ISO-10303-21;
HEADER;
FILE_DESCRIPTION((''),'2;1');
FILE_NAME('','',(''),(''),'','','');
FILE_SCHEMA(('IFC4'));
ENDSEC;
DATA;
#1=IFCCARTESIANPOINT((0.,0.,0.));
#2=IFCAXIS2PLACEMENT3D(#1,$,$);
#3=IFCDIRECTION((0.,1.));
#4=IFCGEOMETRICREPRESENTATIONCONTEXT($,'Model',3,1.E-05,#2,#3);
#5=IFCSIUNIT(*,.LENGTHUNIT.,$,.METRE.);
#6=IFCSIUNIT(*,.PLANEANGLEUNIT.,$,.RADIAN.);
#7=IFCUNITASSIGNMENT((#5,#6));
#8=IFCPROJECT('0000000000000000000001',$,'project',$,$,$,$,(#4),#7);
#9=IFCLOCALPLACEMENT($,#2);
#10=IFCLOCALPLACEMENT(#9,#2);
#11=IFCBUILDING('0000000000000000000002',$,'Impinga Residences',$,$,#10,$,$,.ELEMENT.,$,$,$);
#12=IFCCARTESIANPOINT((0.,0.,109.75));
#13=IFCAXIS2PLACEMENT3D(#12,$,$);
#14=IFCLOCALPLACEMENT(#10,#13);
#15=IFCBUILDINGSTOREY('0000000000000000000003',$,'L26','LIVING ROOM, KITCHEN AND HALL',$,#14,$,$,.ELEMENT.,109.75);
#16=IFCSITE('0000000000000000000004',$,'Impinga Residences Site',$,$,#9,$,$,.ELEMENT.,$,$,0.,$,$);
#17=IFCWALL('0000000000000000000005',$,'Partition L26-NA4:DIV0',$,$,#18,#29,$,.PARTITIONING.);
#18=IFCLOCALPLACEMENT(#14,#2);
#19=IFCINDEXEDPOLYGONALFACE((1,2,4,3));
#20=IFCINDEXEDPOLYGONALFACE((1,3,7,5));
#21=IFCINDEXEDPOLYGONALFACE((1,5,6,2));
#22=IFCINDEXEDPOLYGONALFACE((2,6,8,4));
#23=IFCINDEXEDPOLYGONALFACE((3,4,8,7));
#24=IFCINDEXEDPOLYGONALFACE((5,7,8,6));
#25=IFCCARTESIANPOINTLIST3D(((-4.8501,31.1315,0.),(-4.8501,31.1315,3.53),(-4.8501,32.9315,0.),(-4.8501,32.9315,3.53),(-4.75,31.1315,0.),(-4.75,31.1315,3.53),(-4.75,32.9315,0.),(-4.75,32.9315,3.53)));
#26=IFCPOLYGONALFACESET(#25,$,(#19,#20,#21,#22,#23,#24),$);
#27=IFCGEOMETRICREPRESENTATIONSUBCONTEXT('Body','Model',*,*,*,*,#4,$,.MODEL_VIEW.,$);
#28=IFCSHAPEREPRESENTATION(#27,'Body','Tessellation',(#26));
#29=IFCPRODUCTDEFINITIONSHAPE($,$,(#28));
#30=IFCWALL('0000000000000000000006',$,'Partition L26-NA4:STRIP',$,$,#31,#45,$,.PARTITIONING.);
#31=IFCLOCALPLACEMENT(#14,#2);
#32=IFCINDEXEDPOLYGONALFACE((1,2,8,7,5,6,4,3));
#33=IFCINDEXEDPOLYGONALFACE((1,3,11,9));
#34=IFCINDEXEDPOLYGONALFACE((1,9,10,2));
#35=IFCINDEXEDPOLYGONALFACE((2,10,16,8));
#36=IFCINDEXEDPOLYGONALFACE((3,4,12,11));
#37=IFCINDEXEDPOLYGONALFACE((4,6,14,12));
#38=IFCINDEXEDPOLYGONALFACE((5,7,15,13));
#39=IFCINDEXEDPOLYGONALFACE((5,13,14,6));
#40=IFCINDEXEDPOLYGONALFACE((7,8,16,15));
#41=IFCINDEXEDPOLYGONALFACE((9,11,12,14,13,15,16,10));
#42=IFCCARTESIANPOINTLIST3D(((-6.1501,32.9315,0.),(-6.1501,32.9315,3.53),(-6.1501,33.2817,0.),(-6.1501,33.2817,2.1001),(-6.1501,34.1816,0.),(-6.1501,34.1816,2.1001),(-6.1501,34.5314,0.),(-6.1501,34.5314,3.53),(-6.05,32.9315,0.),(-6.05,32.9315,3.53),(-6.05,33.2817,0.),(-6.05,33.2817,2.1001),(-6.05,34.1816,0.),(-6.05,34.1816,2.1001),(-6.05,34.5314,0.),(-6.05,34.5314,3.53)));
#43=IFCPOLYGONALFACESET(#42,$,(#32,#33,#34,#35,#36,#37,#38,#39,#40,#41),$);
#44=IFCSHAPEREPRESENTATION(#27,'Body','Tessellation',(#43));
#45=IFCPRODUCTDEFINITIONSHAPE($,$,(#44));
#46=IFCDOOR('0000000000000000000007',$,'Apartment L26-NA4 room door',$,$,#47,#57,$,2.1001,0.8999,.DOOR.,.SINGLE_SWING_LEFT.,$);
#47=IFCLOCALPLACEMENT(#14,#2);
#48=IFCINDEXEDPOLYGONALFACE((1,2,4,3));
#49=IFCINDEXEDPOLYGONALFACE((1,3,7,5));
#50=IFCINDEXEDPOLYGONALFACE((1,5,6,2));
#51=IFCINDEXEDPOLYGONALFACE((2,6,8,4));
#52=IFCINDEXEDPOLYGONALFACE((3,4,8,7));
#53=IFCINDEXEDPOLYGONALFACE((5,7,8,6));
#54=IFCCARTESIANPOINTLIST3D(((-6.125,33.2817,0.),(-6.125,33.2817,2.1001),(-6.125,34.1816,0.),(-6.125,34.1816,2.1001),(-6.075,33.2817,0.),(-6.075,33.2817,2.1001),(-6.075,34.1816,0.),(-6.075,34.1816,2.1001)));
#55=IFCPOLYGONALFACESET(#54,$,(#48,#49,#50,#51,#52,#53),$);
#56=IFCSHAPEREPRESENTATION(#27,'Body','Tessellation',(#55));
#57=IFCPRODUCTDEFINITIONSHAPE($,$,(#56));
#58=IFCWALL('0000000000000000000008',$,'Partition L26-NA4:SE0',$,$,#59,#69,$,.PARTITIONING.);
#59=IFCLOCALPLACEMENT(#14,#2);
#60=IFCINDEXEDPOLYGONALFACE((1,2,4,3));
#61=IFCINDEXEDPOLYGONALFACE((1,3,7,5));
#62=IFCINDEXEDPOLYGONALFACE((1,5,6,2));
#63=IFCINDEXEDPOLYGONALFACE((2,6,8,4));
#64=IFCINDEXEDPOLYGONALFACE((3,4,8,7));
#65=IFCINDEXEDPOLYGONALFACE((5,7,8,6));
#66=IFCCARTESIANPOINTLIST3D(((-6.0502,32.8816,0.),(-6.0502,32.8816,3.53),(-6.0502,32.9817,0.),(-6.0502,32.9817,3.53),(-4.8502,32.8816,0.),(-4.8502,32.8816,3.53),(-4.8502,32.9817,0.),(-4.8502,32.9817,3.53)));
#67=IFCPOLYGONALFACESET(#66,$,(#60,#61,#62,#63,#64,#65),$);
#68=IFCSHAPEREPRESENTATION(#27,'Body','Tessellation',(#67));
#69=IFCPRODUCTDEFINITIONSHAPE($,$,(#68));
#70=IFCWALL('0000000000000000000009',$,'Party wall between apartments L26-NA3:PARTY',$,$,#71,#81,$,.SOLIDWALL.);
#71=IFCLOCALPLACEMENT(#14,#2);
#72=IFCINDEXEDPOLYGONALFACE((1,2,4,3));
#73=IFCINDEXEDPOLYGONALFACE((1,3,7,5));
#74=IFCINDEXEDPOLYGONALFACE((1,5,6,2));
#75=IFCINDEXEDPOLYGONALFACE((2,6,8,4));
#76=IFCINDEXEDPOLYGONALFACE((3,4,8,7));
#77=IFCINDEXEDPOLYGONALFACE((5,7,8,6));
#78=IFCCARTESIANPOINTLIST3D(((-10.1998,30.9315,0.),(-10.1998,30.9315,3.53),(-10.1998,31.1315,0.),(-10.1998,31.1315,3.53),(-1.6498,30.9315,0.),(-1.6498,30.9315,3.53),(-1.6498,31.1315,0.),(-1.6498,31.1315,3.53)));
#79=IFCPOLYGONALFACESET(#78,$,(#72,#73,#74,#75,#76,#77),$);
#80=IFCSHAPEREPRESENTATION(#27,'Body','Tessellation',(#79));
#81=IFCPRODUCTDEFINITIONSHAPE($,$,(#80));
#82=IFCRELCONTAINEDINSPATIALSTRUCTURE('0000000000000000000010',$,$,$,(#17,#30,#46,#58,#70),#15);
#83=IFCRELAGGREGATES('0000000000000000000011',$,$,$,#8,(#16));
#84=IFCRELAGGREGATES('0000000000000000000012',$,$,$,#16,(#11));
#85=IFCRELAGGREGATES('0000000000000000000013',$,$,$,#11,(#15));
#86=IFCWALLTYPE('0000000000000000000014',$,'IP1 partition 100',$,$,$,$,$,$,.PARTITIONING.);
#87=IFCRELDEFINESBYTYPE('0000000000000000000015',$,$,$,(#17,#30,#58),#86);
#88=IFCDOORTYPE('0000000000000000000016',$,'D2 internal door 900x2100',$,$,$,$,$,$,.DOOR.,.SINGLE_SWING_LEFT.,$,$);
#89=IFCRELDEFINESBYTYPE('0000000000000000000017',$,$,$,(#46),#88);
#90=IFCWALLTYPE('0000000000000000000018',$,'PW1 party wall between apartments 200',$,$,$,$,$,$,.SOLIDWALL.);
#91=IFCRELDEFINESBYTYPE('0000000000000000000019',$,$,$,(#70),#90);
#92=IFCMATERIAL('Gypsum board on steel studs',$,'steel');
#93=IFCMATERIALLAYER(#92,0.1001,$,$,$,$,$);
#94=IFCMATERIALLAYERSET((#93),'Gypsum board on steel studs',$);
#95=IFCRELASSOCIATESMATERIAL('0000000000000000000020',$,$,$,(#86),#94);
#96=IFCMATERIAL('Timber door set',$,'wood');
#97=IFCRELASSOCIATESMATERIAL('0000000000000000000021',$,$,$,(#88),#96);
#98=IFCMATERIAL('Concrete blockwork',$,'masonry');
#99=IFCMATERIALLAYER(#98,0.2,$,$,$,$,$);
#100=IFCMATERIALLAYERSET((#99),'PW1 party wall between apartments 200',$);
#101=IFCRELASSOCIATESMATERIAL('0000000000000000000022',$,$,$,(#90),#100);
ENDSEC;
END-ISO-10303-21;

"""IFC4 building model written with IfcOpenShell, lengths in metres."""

from ifc_helpers import new_model, si_unit, direction, frame, frame_2d, origin, place, context, subcontext, project, spatial, rectangle, extrude, material, layer, layer_set, type_object, element, fill, save


model = new_model("IFC4")

# Units and contexts
model_context = context("Model", 3, precision=1e-05, world=origin(), true_north=direction((0.0, 1.0)))
body_context = subcontext(model_context, "Body", "Model", "MODEL_VIEW")
ifc_project = project(units=[si_unit("LENGTHUNIT", "METRE"), si_unit("PLANEANGLEUNIT", "RADIAN")], contexts=[model_context])

# Site, building, storey
site_placement = place(None, origin())
site = spatial("IfcSite", under=ifc_project, at=site_placement, Name="Impinga Residences Site", CompositionType="ELEMENT", RefElevation=0.0)
building_placement = place(site_placement, origin())
building = spatial("IfcBuilding", under=site, at=building_placement, Name="Impinga Residences", CompositionType="ELEMENT")
storey_placement = place(building_placement, frame((0.0, 0.0, 109.75)))
storey = spatial("IfcBuildingStorey", under=building, at=storey_placement, Name="L26", Description="LIVING ROOM, KITCHEN AND HALL", CompositionType="ELEMENT", Elevation=109.75)

# Shared definitions
ifc_material_1 = material(Name="Gypsum board on steel studs", Category="steel")
ifc_layer_1 = layer(ifc_material_1, 0.1001)
ifc_layer_set_1 = layer_set([ifc_layer_1], Name="Gypsum board on steel studs")
wall_type_1 = type_object("IfcWallType", Name="IP1 partition 100", PredefinedType="PARTITIONING", material=ifc_layer_set_1)

# Shared definitions
ifc_material_2 = material(Name="Timber door set", Category="wood")
door_type = type_object("IfcDoorType", Name="D2 internal door 900x2100", OperationType="SINGLE_SWING_LEFT", PredefinedType="DOOR", material=ifc_material_2)

# Wall
wall_1_placement = place(storey_placement, frame((-4.8, 31.1316, 0.0), z_axis=(0.0, 0.0, 1.0), x_axis=(0.0, 1.0, 0.0)))
element("IfcWall", 1, at=wall_1_placement, inside=storey, type_object=wall_type_1, Name="Partition L26-NA4:DIV0", PredefinedType="PARTITIONING", context=body_context, shape_type="SweptSolid", body=[
    extrude(rectangle(XDim=1.8, YDim=0.1001, at=frame_2d((0.8999, 0.0))), origin(), (0.0, 0.0, 1.0), 3.53),
])

# Wall, opening, door
wall_2_placement = place(storey_placement, frame((-6.1001, 32.9316, 0.0), z_axis=(0.0, 0.0, 1.0), x_axis=(0.0, 1.0, 0.0)))
wall_2 = element("IfcWall", 2, at=wall_2_placement, inside=storey, type_object=wall_type_1, Name="Partition L26-NA4:STRIP", PredefinedType="PARTITIONING", context=body_context, shape_type="SweptSolid", body=[
    extrude(rectangle(XDim=1.5999, YDim=0.1001, at=frame_2d((0.7998, 0.0))), origin(), (0.0, 0.0, 1.0), 3.53),
])
opening_1_placement = place(wall_2_placement, frame((0.3501, 0.0, 0.0)))
opening_1 = element("IfcOpeningElement", 3, at=opening_1_placement, cuts=wall_2, PredefinedType="OPENING", context=body_context, shape_type="SweptSolid", body=[
    extrude(rectangle(XDim=0.8999, YDim=2.1001, at=frame_2d((0.45, 1.05))), frame((0.0, 0.0601, 0.0), z_axis=(0.0, -1.0, 0.0), x_axis=(1.0, 0.0, 0.0)), (0.0, 0.0, 1.0), 0.1201),
])
door_1_placement = place(opening_1_placement, origin())
door_1 = element("IfcDoor", 4, at=door_1_placement, inside=storey, type_object=door_type, Name="Apartment L26-NA4 room door", OperationType="SINGLE_SWING_LEFT", OverallHeight=2.1001, OverallWidth=0.8999, PredefinedType="DOOR", context=body_context, shape_type="SweptSolid", body=[
    extrude(rectangle(XDim=0.8999, YDim=2.1001, at=frame_2d((0.45, 1.05))), frame((0.0, 0.0249, 0.0), z_axis=(0.0, -1.0, 0.0), x_axis=(1.0, 0.0, 0.0)), (0.0, 0.0, 1.0), 0.05),
])
fill(opening_1, door_1)

# Walls
wall_3_placement = place(storey_placement, frame((-4.8501, 32.9316, 0.0), z_axis=(0.0, 0.0, 1.0), x_axis=(-1.0, 0.0, 0.0)))
element("IfcWall", 5, at=wall_3_placement, inside=storey, type_object=wall_type_1, Name="Partition L26-NA4:SE0", PredefinedType="PARTITIONING", context=body_context, shape_type="SweptSolid", body=[
    extrude(rectangle(XDim=1.2, YDim=0.1001, at=frame_2d((0.6001, 0.0))), origin(), (0.0, 0.0, 1.0), 3.53),
])
ifc_material_3 = material(Name="Concrete blockwork", Category="masonry")
ifc_layer_2 = layer(ifc_material_3, 0.2)
ifc_layer_set_2 = layer_set([ifc_layer_2], Name="PW1 party wall between apartments 200")
wall_type_2 = type_object("IfcWallType", Name="PW1 party wall between apartments 200", PredefinedType="SOLIDWALL", material=ifc_layer_set_2)
wall_4_placement = place(storey_placement, frame((-1.6499, 31.0315, 0.0), z_axis=(0.0, 0.0, 1.0), x_axis=(-1.0, 0.0, 0.0)))
element("IfcWall", 6, at=wall_4_placement, inside=storey, type_object=wall_type_2, Name="Party wall between apartments L26-NA3:PARTY", PredefinedType="SOLIDWALL", context=body_context, shape_type="SweptSolid", body=[
    extrude(rectangle(XDim=8.55, YDim=0.2, at=frame_2d((4.2749, 0.0))), origin(), (0.0, 0.0, 1.0), 3.53),
])

save(model, "model.ifc")
